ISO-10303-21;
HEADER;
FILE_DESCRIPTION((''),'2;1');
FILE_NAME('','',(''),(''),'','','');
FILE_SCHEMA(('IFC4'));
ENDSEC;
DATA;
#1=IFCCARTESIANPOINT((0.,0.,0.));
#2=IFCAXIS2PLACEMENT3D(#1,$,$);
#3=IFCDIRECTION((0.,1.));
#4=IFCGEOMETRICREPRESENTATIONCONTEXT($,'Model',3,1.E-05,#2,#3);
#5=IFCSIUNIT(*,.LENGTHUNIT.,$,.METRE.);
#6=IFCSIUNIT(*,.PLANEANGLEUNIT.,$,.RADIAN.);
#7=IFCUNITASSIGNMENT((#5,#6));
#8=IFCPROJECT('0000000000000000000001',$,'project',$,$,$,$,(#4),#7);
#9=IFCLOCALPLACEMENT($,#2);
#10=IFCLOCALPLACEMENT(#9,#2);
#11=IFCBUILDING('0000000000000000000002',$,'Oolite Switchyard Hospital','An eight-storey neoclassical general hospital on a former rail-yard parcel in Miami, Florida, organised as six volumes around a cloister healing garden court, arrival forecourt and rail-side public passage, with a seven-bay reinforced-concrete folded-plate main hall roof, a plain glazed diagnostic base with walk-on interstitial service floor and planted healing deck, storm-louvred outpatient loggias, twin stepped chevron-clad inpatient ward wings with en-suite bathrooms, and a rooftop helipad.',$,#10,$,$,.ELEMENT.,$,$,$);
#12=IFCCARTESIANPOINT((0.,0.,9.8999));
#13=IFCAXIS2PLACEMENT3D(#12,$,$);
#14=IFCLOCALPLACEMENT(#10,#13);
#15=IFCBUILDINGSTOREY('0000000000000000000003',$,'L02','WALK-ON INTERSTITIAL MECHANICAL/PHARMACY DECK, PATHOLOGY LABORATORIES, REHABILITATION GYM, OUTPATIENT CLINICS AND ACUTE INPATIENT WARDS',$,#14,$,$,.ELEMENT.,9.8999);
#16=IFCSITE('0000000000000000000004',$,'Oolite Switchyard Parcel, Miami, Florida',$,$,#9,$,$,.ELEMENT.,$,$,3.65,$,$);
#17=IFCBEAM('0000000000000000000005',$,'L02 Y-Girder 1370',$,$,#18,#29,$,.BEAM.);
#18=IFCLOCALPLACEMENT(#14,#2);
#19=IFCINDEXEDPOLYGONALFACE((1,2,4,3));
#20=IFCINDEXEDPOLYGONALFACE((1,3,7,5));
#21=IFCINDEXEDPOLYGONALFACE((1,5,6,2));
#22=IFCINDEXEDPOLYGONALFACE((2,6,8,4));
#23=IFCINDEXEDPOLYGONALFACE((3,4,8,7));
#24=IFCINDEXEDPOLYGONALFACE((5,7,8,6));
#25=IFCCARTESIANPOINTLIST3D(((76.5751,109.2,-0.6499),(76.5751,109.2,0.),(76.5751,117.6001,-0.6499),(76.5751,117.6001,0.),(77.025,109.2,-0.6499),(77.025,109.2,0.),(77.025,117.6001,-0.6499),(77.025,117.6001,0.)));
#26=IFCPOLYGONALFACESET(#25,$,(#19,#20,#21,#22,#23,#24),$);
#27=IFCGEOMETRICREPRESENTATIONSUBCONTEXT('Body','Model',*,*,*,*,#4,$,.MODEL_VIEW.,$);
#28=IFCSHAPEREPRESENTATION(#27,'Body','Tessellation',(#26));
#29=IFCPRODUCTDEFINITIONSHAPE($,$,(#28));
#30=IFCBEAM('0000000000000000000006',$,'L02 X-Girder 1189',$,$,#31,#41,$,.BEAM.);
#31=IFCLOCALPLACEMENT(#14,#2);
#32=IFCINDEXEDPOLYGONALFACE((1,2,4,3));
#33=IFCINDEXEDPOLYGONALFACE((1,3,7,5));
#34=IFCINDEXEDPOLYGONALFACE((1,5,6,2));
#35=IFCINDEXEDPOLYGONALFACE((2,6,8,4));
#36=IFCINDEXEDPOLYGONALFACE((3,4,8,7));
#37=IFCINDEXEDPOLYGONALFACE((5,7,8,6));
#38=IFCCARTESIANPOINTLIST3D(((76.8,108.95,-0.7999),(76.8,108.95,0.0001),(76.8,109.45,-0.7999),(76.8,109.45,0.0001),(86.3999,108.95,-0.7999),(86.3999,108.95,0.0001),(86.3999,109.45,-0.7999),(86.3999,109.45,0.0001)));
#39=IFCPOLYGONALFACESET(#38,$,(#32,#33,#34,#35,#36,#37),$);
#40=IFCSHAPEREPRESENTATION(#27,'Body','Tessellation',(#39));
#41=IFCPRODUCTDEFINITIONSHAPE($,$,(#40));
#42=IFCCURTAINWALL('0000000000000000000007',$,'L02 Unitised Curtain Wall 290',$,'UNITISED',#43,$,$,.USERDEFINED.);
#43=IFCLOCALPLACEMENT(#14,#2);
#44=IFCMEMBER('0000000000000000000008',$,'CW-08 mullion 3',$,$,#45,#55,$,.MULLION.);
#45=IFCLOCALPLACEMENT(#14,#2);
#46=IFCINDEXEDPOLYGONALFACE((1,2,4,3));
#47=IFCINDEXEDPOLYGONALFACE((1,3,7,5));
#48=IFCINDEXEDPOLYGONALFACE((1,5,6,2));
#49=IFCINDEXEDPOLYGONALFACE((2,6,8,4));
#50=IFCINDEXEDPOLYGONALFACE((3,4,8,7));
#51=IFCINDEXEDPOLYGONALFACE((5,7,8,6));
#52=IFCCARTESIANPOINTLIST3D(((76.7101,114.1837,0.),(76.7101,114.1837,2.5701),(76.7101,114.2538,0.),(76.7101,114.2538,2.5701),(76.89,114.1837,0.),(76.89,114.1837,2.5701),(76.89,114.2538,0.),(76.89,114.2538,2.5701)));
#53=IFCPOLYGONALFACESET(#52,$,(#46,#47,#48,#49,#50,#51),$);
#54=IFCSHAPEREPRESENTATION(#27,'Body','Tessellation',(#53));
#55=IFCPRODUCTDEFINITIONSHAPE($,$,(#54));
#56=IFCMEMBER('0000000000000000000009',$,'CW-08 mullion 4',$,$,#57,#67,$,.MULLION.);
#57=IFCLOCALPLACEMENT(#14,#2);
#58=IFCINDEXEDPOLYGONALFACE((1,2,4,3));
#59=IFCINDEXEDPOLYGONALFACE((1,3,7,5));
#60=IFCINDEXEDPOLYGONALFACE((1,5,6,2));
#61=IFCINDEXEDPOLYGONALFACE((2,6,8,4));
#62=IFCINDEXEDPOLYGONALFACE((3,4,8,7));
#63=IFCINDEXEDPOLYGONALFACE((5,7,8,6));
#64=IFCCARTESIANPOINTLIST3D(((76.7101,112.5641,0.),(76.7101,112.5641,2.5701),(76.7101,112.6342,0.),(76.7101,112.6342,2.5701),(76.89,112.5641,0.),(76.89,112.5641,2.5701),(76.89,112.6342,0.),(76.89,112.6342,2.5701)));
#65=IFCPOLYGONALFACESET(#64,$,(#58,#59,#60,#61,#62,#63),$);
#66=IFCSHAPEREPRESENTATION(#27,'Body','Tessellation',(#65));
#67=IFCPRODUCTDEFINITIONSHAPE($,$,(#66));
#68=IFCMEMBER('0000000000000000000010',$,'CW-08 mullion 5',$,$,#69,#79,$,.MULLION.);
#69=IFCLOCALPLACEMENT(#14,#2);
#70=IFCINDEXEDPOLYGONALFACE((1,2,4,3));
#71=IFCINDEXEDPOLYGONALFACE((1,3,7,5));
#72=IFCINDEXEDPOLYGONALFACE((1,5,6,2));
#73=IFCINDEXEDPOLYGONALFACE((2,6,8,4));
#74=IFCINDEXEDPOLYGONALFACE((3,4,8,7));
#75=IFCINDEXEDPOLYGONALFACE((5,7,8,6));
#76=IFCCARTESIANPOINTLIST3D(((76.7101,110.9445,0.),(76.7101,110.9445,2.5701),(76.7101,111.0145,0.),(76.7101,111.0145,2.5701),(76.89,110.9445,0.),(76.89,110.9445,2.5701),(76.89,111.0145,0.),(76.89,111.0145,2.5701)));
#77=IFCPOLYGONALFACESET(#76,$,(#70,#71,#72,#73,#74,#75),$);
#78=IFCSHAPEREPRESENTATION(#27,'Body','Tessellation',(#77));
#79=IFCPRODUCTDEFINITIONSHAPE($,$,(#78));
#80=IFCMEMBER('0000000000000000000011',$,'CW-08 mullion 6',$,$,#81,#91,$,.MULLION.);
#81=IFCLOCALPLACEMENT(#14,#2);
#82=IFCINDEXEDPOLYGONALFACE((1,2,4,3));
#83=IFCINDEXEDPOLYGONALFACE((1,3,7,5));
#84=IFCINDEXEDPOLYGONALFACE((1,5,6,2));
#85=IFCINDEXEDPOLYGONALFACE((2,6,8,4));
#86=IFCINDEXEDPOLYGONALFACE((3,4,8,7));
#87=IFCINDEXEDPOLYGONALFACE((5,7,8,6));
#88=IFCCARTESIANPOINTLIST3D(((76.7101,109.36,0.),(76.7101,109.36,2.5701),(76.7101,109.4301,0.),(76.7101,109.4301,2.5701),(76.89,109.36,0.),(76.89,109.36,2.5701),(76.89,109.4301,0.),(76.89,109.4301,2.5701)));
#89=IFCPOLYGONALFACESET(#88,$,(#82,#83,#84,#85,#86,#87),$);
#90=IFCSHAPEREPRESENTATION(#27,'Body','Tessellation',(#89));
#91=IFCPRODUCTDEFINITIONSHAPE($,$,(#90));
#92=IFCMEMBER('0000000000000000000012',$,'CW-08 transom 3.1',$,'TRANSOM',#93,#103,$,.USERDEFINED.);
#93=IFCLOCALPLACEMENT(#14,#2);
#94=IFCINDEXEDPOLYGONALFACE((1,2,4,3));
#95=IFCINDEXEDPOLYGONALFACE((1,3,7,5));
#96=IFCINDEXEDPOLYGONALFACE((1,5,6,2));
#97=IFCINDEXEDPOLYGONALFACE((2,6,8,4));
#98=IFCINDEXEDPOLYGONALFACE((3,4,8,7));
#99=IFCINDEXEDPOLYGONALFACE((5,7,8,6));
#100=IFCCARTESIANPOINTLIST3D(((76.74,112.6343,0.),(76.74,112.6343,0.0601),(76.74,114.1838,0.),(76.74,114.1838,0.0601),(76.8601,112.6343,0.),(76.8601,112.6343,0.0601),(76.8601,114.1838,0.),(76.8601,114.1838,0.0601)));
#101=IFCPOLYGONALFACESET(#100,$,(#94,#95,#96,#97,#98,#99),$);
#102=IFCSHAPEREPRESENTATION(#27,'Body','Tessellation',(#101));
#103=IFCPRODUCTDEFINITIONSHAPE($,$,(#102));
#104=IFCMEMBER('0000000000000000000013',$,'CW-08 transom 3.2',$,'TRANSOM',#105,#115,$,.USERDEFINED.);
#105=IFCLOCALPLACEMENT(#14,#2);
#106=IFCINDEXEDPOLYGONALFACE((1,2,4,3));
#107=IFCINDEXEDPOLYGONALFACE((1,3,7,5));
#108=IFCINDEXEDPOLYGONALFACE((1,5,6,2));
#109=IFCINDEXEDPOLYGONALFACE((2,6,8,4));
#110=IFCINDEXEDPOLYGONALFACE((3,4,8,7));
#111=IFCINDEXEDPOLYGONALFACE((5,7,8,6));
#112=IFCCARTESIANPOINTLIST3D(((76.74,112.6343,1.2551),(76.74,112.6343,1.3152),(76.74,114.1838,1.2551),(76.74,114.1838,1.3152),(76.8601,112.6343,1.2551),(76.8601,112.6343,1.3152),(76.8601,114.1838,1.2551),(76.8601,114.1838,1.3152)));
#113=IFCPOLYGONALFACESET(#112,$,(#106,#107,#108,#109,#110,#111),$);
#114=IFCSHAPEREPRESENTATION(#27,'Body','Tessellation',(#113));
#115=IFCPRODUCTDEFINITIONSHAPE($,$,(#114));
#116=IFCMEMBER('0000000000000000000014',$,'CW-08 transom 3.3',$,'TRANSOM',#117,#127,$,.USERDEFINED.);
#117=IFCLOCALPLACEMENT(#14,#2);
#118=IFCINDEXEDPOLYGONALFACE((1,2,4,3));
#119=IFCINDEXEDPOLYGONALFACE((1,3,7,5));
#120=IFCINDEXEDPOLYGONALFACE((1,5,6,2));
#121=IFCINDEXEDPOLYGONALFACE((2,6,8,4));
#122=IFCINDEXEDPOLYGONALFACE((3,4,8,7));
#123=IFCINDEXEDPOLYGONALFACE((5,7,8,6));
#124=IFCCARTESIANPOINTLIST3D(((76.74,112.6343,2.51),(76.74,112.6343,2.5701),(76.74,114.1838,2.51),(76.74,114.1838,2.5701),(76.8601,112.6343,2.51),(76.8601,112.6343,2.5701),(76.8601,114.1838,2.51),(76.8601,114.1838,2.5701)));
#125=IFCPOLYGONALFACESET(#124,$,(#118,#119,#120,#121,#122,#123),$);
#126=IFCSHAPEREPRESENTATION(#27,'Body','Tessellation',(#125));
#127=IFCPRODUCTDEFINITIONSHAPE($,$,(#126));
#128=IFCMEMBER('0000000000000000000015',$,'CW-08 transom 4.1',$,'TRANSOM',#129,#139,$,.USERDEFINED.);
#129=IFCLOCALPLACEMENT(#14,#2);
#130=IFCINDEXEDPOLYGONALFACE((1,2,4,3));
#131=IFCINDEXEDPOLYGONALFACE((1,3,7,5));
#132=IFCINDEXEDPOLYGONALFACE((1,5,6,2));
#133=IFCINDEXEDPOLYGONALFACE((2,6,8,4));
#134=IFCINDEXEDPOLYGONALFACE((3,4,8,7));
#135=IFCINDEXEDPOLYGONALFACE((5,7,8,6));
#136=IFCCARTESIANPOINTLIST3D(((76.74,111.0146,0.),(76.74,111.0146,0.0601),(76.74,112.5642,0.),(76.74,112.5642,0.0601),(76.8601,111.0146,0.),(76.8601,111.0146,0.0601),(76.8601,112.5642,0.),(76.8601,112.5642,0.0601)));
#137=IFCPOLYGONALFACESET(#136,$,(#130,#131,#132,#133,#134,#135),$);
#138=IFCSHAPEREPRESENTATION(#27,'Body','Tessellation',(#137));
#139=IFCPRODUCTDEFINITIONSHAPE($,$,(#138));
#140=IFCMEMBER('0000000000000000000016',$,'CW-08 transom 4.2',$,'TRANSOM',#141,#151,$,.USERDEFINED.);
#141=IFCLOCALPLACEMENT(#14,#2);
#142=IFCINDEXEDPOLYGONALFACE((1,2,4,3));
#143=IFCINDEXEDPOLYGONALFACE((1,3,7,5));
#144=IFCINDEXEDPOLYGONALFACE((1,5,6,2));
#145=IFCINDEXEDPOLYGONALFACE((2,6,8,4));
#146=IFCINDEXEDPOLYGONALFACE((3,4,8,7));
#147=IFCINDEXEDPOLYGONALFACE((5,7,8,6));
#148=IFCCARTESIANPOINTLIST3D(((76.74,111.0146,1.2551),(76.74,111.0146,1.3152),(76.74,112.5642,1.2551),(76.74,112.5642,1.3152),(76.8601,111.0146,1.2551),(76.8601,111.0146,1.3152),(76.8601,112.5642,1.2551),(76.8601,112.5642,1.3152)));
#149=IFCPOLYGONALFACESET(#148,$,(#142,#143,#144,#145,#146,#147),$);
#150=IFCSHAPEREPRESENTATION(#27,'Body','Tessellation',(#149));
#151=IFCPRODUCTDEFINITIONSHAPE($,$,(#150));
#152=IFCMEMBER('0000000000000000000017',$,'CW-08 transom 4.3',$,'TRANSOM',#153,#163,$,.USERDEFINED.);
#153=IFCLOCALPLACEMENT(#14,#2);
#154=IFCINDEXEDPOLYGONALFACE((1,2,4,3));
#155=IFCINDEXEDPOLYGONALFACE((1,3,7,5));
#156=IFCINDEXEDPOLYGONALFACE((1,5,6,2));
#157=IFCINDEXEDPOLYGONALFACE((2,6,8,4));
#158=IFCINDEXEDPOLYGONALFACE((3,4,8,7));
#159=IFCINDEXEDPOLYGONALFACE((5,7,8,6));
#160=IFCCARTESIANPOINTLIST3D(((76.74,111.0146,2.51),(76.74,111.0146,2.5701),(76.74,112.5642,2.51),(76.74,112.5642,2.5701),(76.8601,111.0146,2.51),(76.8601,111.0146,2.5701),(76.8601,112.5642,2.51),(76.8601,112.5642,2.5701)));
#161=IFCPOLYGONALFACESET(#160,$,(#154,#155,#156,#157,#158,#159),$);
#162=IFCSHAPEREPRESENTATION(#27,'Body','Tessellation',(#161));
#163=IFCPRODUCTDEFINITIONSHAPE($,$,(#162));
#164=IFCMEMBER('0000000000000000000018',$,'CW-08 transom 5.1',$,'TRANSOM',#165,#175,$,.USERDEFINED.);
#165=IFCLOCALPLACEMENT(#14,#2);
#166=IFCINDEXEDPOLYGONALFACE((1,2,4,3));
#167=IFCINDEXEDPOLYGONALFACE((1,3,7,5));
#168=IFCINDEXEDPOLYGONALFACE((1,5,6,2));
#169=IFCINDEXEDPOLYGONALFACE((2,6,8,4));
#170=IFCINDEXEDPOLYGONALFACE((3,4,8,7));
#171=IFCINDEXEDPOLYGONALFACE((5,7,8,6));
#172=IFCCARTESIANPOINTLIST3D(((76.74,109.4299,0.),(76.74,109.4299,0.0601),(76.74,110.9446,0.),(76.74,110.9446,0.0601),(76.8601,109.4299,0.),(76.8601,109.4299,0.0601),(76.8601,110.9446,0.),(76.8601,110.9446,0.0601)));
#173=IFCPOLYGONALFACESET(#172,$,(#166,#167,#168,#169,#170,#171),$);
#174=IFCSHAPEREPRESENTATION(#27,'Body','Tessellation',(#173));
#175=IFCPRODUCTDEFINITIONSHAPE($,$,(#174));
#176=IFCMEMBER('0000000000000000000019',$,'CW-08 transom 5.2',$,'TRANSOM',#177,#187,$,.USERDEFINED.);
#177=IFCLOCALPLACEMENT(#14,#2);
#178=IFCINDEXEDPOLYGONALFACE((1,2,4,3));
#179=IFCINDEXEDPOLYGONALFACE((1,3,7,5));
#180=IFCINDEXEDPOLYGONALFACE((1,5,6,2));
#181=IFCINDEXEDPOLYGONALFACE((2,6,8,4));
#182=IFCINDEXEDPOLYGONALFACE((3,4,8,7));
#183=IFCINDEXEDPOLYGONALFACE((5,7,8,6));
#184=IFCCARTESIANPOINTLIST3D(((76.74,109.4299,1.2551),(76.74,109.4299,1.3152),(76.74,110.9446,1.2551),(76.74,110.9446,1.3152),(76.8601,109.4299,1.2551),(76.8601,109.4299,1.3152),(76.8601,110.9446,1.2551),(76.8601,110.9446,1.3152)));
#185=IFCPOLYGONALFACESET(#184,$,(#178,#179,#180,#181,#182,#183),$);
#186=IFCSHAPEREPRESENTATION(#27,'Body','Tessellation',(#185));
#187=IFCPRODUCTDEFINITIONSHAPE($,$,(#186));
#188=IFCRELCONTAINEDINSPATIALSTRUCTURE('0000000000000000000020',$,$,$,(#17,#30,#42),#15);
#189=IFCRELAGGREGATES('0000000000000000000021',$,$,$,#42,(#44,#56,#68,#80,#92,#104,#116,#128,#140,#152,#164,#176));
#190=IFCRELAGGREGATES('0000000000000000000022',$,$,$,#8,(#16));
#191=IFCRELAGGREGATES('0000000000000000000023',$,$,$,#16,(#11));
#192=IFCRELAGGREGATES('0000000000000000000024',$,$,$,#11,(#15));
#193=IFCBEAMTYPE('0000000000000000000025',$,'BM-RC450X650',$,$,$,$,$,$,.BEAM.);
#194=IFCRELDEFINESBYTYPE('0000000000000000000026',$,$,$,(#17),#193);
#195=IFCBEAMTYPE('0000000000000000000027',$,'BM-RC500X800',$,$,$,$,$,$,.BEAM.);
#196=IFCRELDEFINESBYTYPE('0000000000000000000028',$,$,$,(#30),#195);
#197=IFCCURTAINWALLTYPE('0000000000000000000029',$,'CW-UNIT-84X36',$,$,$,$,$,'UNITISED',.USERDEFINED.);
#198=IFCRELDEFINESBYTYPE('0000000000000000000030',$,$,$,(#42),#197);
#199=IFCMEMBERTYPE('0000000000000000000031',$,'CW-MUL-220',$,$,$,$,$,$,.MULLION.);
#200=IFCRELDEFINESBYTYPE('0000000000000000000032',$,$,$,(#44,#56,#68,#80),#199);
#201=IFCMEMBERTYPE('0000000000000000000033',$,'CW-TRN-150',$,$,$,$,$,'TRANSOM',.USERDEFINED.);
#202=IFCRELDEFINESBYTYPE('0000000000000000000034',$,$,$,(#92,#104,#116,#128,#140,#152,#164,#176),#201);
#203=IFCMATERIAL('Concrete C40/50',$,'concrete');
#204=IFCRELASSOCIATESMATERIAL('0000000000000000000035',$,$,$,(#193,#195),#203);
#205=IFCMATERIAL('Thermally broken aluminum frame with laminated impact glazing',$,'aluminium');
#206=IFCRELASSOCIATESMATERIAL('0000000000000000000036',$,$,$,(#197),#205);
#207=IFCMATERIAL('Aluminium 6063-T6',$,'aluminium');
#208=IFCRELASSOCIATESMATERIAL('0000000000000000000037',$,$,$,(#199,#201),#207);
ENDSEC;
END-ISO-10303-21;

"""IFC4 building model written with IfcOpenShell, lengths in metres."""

from ifc_helpers import new_model, si_unit, direction, frame, origin, origin_2d, place, context, subcontext, project, spatial, rectangle, extrude, material, material_profile, profile_set, type_object, element, aggregate, save


model = new_model("IFC4")

# Units and contexts
model_context = context("Model", 3, precision=1e-05, world=origin(), true_north=direction((0.0, 1.0)))
body_context = subcontext(model_context, "Body", "Model", "MODEL_VIEW")
ifc_project = project(units=[si_unit("LENGTHUNIT", "METRE"), si_unit("PLANEANGLEUNIT", "RADIAN")], contexts=[model_context])

# Site, building, storey
site_placement = place(None, origin())
site = spatial("IfcSite", under=ifc_project, at=site_placement, Name="Oolite Switchyard Parcel, Miami, Florida", CompositionType="ELEMENT", RefElevation=3.65)
building_placement = place(site_placement, origin())
building = spatial("IfcBuilding", under=site, at=building_placement, Name="Oolite Switchyard Hospital", Description="An eight-storey neoclassical general hospital on a former rail-yard parcel in Miami, Florida, organised as six volumes around a cloister healing garden court, arrival forecourt and rail-side public passage, with a seven-bay reinforced-concrete folded-plate main hall roof, a plain glazed diagnostic base with walk-on interstitial service floor and planted healing deck, storm-louvred outpatient loggias, twin stepped chevron-clad inpatient ward wings with en-suite bathrooms, and a rooftop helipad.", CompositionType="ELEMENT")
storey_placement = place(building_placement, frame((0.0, 0.0, 9.8999)))
storey = spatial("IfcBuildingStorey", under=building, at=storey_placement, Name="L02", Description="WALK-ON INTERSTITIAL MECHANICAL/PHARMACY DECK, PATHOLOGY LABORATORIES, REHABILITATION GYM, OUTPATIENT CLINICS AND ACUTE INPATIENT WARDS", CompositionType="ELEMENT", Elevation=9.8999)

# Beams
ifc_material_1 = material(Name="Concrete C40/50", Category="concrete")
ifc_material_profile_1 = material_profile(ifc_material_1, rectangle(XDim=0.45, YDim=0.6499, at=origin_2d()), Name="RCB450X650")
ifc_profile_set_1 = profile_set([ifc_material_profile_1], Name="Concrete C40/50")
beam_type_1 = type_object("IfcBeamType", Name="BM-RC450X650", PredefinedType="BEAM", material=ifc_profile_set_1)
beam_1_placement = place(storey_placement, frame((76.8, 109.2, -0.325), z_axis=(0.0, 1.0, 0.0), x_axis=(-1.0, 0.0, 0.0)))
element("IfcBeam", 1, at=beam_1_placement, inside=storey, type_object=beam_type_1, Name="L02 Y-Girder 1370", PredefinedType="BEAM", context=body_context, shape_type="SweptSolid", body=[
    extrude(rectangle(XDim=0.45, YDim=0.6499, at=origin_2d()), origin(), (0.0, 0.0, 1.0), 8.4001),
])
ifc_material_profile_2 = material_profile(ifc_material_1, rectangle(XDim=0.5, YDim=0.8, at=origin_2d()), Name="RCB500X800")
ifc_profile_set_2 = profile_set([ifc_material_profile_2], Name="Concrete C40/50")
beam_type_2 = type_object("IfcBeamType", Name="BM-RC500X800", PredefinedType="BEAM", material=ifc_profile_set_2)
beam_2_placement = place(storey_placement, frame((76.8, 109.2, -0.3999), z_axis=(1.0, 0.0, 0.0), x_axis=(0.0, 1.0, 0.0)))
element("IfcBeam", 2, at=beam_2_placement, inside=storey, type_object=beam_type_2, Name="L02 X-Girder 1189", PredefinedType="BEAM", context=body_context, shape_type="SweptSolid", body=[
    extrude(rectangle(XDim=0.5, YDim=0.8, at=origin_2d()), origin(), (0.0, 0.0, 1.0), 9.5999),
])

# Curtain wall, members
ifc_material_2 = material(Name="Thermally broken aluminum frame with laminated impact glazing", Category="aluminium")
curtain_wall_type = type_object("IfcCurtainWallType", Name="CW-UNIT-84X36", ElementType="UNITISED", PredefinedType="USERDEFINED", material=ifc_material_2)
curtain_wall_placement = place(storey_placement, origin())
curtain_wall = element("IfcCurtainWall", 3, at=curtain_wall_placement, inside=storey, type_object=curtain_wall_type, Name="L02 Unitised Curtain Wall 290", ObjectType="UNITISED", PredefinedType="USERDEFINED")
ifc_material_3 = material(Name="Aluminium 6063-T6", Category="aluminium")
ifc_material_profile_3 = material_profile(ifc_material_3, rectangle(XDim=0.1799, YDim=0.0701, at=origin_2d()), Name="CWM70X180")
ifc_profile_set_3 = profile_set([ifc_material_profile_3], Name="Aluminium 6063-T6")
member_type_1 = type_object("IfcMemberType", Name="CW-MUL-220", PredefinedType="MULLION", material=ifc_profile_set_3)
member_1_placement = place(storey_placement, frame((76.8, 114.2188, 0.0), z_axis=(0.0, 0.0, 1.0), x_axis=(1.0, 0.0, 0.0)))
member_1 = element("IfcMember", 4, at=member_1_placement, type_object=member_type_1, Name="CW-08 mullion 3", PredefinedType="MULLION", context=body_context, shape_type="SweptSolid", body=[
    extrude(rectangle(XDim=0.1799, YDim=0.0701, at=origin_2d()), origin(), (0.0, 0.0, 1.0), 2.5701),
])
member_2_placement = place(storey_placement, frame((76.8, 112.5991, 0.0), z_axis=(0.0, 0.0, 1.0), x_axis=(1.0, 0.0, 0.0)))
member_2 = element("IfcMember", 5, at=member_2_placement, type_object=member_type_1, Name="CW-08 mullion 4", PredefinedType="MULLION", context=body_context, shape_type="SweptSolid", body=[
    extrude(rectangle(XDim=0.1799, YDim=0.0701, at=origin_2d()), origin(), (0.0, 0.0, 1.0), 2.5701),
])
member_3_placement = place(storey_placement, frame((76.8, 110.9795, 0.0), z_axis=(0.0, 0.0, 1.0), x_axis=(1.0, 0.0, 0.0)))
member_3 = element("IfcMember", 6, at=member_3_placement, type_object=member_type_1, Name="CW-08 mullion 5", PredefinedType="MULLION", context=body_context, shape_type="SweptSolid", body=[
    extrude(rectangle(XDim=0.1799, YDim=0.0701, at=origin_2d()), origin(), (0.0, 0.0, 1.0), 2.5701),
])
member_4_placement = place(storey_placement, frame((76.8, 109.395, 0.0), z_axis=(0.0, 0.0, 1.0), x_axis=(1.0, 0.0, 0.0)))
member_4 = element("IfcMember", 7, at=member_4_placement, type_object=member_type_1, Name="CW-08 mullion 6", PredefinedType="MULLION", context=body_context, shape_type="SweptSolid", body=[
    extrude(rectangle(XDim=0.1799, YDim=0.0701, at=origin_2d()), origin(), (0.0, 0.0, 1.0), 2.5701),
])
ifc_material_profile_4 = material_profile(ifc_material_3, rectangle(XDim=0.1201, YDim=0.0601, at=origin_2d()), Name="CWT60X120")
ifc_profile_set_4 = profile_set([ifc_material_profile_4], Name="Aluminium 6063-T6")
member_type_2 = type_object("IfcMemberType", Name="CW-TRN-150", ElementType="TRANSOM", PredefinedType="USERDEFINED", material=ifc_profile_set_4)
member_5_placement = place(storey_placement, frame((76.8, 114.1838, 0.03), z_axis=(0.0, -1.0, 0.0), x_axis=(1.0, 0.0, 0.0)))
member_5 = element("IfcMember", 8, at=member_5_placement, type_object=member_type_2, Name="CW-08 transom 3.1", ObjectType="TRANSOM", PredefinedType="USERDEFINED", context=body_context, shape_type="SweptSolid", body=[
    extrude(rectangle(XDim=0.1201, YDim=0.0601, at=origin_2d()), origin(), (0.0, 0.0, 1.0), 1.5496),
])
member_6_placement = place(storey_placement, frame((76.8, 114.1838, 1.2852), z_axis=(0.0, -1.0, 0.0), x_axis=(1.0, 0.0, 0.0)))
member_6 = element("IfcMember", 9, at=member_6_placement, type_object=member_type_2, Name="CW-08 transom 3.2", ObjectType="TRANSOM", PredefinedType="USERDEFINED", context=body_context, shape_type="SweptSolid", body=[
    extrude(rectangle(XDim=0.1201, YDim=0.0601, at=origin_2d()), origin(), (0.0, 0.0, 1.0), 1.5496),
])
member_7_placement = place(storey_placement, frame((76.8, 114.1838, 2.54), z_axis=(0.0, -1.0, 0.0), x_axis=(1.0, 0.0, 0.0)))
member_7 = element("IfcMember", 10, at=member_7_placement, type_object=member_type_2, Name="CW-08 transom 3.3", ObjectType="TRANSOM", PredefinedType="USERDEFINED", context=body_context, shape_type="SweptSolid", body=[
    extrude(rectangle(XDim=0.1201, YDim=0.0601, at=origin_2d()), origin(), (0.0, 0.0, 1.0), 1.5496),
])
member_8_placement = place(storey_placement, frame((76.8, 112.5642, 0.03), z_axis=(0.0, -1.0, 0.0), x_axis=(1.0, 0.0, 0.0)))
member_8 = element("IfcMember", 11, at=member_8_placement, type_object=member_type_2, Name="CW-08 transom 4.1", ObjectType="TRANSOM", PredefinedType="USERDEFINED", context=body_context, shape_type="SweptSolid", body=[
    extrude(rectangle(XDim=0.1201, YDim=0.0601, at=origin_2d()), origin(), (0.0, 0.0, 1.0), 1.5496),
])
member_9_placement = place(storey_placement, frame((76.8, 112.5642, 1.2852), z_axis=(0.0, -1.0, 0.0), x_axis=(1.0, 0.0, 0.0)))
member_9 = element("IfcMember", 12, at=member_9_placement, type_object=member_type_2, Name="CW-08 transom 4.2", ObjectType="TRANSOM", PredefinedType="USERDEFINED", context=body_context, shape_type="SweptSolid", body=[
    extrude(rectangle(XDim=0.1201, YDim=0.0601, at=origin_2d()), origin(), (0.0, 0.0, 1.0), 1.5496),
])
member_10_placement = place(storey_placement, frame((76.8, 112.5642, 2.54), z_axis=(0.0, -1.0, 0.0), x_axis=(1.0, 0.0, 0.0)))
member_10 = element("IfcMember", 13, at=member_10_placement, type_object=member_type_2, Name="CW-08 transom 4.3", ObjectType="TRANSOM", PredefinedType="USERDEFINED", context=body_context, shape_type="SweptSolid", body=[
    extrude(rectangle(XDim=0.1201, YDim=0.0601, at=origin_2d()), origin(), (0.0, 0.0, 1.0), 1.5496),
])
member_11_placement = place(storey_placement, frame((76.8, 110.9446, 0.03), z_axis=(0.0, -1.0, 0.0), x_axis=(1.0, 0.0, 0.0)))
member_11 = element("IfcMember", 14, at=member_11_placement, type_object=member_type_2, Name="CW-08 transom 5.1", ObjectType="TRANSOM", PredefinedType="USERDEFINED", context=body_context, shape_type="SweptSolid", body=[
    extrude(rectangle(XDim=0.1201, YDim=0.0601, at=origin_2d()), origin(), (0.0, 0.0, 1.0), 1.5146),
])
member_12_placement = place(storey_placement, frame((76.8, 110.9446, 1.2852), z_axis=(0.0, -1.0, 0.0), x_axis=(1.0, 0.0, 0.0)))
member_12 = element("IfcMember", 15, at=member_12_placement, type_object=member_type_2, Name="CW-08 transom 5.2", ObjectType="TRANSOM", PredefinedType="USERDEFINED", context=body_context, shape_type="SweptSolid", body=[
    extrude(rectangle(XDim=0.1201, YDim=0.0601, at=origin_2d()), origin(), (0.0, 0.0, 1.0), 1.5146),
])
aggregate(curtain_wall, [member_1, member_2, member_3, member_4, member_5, member_6, member_7, member_8, member_9, member_10, member_11, member_12])

save(model, "model.ifc")
